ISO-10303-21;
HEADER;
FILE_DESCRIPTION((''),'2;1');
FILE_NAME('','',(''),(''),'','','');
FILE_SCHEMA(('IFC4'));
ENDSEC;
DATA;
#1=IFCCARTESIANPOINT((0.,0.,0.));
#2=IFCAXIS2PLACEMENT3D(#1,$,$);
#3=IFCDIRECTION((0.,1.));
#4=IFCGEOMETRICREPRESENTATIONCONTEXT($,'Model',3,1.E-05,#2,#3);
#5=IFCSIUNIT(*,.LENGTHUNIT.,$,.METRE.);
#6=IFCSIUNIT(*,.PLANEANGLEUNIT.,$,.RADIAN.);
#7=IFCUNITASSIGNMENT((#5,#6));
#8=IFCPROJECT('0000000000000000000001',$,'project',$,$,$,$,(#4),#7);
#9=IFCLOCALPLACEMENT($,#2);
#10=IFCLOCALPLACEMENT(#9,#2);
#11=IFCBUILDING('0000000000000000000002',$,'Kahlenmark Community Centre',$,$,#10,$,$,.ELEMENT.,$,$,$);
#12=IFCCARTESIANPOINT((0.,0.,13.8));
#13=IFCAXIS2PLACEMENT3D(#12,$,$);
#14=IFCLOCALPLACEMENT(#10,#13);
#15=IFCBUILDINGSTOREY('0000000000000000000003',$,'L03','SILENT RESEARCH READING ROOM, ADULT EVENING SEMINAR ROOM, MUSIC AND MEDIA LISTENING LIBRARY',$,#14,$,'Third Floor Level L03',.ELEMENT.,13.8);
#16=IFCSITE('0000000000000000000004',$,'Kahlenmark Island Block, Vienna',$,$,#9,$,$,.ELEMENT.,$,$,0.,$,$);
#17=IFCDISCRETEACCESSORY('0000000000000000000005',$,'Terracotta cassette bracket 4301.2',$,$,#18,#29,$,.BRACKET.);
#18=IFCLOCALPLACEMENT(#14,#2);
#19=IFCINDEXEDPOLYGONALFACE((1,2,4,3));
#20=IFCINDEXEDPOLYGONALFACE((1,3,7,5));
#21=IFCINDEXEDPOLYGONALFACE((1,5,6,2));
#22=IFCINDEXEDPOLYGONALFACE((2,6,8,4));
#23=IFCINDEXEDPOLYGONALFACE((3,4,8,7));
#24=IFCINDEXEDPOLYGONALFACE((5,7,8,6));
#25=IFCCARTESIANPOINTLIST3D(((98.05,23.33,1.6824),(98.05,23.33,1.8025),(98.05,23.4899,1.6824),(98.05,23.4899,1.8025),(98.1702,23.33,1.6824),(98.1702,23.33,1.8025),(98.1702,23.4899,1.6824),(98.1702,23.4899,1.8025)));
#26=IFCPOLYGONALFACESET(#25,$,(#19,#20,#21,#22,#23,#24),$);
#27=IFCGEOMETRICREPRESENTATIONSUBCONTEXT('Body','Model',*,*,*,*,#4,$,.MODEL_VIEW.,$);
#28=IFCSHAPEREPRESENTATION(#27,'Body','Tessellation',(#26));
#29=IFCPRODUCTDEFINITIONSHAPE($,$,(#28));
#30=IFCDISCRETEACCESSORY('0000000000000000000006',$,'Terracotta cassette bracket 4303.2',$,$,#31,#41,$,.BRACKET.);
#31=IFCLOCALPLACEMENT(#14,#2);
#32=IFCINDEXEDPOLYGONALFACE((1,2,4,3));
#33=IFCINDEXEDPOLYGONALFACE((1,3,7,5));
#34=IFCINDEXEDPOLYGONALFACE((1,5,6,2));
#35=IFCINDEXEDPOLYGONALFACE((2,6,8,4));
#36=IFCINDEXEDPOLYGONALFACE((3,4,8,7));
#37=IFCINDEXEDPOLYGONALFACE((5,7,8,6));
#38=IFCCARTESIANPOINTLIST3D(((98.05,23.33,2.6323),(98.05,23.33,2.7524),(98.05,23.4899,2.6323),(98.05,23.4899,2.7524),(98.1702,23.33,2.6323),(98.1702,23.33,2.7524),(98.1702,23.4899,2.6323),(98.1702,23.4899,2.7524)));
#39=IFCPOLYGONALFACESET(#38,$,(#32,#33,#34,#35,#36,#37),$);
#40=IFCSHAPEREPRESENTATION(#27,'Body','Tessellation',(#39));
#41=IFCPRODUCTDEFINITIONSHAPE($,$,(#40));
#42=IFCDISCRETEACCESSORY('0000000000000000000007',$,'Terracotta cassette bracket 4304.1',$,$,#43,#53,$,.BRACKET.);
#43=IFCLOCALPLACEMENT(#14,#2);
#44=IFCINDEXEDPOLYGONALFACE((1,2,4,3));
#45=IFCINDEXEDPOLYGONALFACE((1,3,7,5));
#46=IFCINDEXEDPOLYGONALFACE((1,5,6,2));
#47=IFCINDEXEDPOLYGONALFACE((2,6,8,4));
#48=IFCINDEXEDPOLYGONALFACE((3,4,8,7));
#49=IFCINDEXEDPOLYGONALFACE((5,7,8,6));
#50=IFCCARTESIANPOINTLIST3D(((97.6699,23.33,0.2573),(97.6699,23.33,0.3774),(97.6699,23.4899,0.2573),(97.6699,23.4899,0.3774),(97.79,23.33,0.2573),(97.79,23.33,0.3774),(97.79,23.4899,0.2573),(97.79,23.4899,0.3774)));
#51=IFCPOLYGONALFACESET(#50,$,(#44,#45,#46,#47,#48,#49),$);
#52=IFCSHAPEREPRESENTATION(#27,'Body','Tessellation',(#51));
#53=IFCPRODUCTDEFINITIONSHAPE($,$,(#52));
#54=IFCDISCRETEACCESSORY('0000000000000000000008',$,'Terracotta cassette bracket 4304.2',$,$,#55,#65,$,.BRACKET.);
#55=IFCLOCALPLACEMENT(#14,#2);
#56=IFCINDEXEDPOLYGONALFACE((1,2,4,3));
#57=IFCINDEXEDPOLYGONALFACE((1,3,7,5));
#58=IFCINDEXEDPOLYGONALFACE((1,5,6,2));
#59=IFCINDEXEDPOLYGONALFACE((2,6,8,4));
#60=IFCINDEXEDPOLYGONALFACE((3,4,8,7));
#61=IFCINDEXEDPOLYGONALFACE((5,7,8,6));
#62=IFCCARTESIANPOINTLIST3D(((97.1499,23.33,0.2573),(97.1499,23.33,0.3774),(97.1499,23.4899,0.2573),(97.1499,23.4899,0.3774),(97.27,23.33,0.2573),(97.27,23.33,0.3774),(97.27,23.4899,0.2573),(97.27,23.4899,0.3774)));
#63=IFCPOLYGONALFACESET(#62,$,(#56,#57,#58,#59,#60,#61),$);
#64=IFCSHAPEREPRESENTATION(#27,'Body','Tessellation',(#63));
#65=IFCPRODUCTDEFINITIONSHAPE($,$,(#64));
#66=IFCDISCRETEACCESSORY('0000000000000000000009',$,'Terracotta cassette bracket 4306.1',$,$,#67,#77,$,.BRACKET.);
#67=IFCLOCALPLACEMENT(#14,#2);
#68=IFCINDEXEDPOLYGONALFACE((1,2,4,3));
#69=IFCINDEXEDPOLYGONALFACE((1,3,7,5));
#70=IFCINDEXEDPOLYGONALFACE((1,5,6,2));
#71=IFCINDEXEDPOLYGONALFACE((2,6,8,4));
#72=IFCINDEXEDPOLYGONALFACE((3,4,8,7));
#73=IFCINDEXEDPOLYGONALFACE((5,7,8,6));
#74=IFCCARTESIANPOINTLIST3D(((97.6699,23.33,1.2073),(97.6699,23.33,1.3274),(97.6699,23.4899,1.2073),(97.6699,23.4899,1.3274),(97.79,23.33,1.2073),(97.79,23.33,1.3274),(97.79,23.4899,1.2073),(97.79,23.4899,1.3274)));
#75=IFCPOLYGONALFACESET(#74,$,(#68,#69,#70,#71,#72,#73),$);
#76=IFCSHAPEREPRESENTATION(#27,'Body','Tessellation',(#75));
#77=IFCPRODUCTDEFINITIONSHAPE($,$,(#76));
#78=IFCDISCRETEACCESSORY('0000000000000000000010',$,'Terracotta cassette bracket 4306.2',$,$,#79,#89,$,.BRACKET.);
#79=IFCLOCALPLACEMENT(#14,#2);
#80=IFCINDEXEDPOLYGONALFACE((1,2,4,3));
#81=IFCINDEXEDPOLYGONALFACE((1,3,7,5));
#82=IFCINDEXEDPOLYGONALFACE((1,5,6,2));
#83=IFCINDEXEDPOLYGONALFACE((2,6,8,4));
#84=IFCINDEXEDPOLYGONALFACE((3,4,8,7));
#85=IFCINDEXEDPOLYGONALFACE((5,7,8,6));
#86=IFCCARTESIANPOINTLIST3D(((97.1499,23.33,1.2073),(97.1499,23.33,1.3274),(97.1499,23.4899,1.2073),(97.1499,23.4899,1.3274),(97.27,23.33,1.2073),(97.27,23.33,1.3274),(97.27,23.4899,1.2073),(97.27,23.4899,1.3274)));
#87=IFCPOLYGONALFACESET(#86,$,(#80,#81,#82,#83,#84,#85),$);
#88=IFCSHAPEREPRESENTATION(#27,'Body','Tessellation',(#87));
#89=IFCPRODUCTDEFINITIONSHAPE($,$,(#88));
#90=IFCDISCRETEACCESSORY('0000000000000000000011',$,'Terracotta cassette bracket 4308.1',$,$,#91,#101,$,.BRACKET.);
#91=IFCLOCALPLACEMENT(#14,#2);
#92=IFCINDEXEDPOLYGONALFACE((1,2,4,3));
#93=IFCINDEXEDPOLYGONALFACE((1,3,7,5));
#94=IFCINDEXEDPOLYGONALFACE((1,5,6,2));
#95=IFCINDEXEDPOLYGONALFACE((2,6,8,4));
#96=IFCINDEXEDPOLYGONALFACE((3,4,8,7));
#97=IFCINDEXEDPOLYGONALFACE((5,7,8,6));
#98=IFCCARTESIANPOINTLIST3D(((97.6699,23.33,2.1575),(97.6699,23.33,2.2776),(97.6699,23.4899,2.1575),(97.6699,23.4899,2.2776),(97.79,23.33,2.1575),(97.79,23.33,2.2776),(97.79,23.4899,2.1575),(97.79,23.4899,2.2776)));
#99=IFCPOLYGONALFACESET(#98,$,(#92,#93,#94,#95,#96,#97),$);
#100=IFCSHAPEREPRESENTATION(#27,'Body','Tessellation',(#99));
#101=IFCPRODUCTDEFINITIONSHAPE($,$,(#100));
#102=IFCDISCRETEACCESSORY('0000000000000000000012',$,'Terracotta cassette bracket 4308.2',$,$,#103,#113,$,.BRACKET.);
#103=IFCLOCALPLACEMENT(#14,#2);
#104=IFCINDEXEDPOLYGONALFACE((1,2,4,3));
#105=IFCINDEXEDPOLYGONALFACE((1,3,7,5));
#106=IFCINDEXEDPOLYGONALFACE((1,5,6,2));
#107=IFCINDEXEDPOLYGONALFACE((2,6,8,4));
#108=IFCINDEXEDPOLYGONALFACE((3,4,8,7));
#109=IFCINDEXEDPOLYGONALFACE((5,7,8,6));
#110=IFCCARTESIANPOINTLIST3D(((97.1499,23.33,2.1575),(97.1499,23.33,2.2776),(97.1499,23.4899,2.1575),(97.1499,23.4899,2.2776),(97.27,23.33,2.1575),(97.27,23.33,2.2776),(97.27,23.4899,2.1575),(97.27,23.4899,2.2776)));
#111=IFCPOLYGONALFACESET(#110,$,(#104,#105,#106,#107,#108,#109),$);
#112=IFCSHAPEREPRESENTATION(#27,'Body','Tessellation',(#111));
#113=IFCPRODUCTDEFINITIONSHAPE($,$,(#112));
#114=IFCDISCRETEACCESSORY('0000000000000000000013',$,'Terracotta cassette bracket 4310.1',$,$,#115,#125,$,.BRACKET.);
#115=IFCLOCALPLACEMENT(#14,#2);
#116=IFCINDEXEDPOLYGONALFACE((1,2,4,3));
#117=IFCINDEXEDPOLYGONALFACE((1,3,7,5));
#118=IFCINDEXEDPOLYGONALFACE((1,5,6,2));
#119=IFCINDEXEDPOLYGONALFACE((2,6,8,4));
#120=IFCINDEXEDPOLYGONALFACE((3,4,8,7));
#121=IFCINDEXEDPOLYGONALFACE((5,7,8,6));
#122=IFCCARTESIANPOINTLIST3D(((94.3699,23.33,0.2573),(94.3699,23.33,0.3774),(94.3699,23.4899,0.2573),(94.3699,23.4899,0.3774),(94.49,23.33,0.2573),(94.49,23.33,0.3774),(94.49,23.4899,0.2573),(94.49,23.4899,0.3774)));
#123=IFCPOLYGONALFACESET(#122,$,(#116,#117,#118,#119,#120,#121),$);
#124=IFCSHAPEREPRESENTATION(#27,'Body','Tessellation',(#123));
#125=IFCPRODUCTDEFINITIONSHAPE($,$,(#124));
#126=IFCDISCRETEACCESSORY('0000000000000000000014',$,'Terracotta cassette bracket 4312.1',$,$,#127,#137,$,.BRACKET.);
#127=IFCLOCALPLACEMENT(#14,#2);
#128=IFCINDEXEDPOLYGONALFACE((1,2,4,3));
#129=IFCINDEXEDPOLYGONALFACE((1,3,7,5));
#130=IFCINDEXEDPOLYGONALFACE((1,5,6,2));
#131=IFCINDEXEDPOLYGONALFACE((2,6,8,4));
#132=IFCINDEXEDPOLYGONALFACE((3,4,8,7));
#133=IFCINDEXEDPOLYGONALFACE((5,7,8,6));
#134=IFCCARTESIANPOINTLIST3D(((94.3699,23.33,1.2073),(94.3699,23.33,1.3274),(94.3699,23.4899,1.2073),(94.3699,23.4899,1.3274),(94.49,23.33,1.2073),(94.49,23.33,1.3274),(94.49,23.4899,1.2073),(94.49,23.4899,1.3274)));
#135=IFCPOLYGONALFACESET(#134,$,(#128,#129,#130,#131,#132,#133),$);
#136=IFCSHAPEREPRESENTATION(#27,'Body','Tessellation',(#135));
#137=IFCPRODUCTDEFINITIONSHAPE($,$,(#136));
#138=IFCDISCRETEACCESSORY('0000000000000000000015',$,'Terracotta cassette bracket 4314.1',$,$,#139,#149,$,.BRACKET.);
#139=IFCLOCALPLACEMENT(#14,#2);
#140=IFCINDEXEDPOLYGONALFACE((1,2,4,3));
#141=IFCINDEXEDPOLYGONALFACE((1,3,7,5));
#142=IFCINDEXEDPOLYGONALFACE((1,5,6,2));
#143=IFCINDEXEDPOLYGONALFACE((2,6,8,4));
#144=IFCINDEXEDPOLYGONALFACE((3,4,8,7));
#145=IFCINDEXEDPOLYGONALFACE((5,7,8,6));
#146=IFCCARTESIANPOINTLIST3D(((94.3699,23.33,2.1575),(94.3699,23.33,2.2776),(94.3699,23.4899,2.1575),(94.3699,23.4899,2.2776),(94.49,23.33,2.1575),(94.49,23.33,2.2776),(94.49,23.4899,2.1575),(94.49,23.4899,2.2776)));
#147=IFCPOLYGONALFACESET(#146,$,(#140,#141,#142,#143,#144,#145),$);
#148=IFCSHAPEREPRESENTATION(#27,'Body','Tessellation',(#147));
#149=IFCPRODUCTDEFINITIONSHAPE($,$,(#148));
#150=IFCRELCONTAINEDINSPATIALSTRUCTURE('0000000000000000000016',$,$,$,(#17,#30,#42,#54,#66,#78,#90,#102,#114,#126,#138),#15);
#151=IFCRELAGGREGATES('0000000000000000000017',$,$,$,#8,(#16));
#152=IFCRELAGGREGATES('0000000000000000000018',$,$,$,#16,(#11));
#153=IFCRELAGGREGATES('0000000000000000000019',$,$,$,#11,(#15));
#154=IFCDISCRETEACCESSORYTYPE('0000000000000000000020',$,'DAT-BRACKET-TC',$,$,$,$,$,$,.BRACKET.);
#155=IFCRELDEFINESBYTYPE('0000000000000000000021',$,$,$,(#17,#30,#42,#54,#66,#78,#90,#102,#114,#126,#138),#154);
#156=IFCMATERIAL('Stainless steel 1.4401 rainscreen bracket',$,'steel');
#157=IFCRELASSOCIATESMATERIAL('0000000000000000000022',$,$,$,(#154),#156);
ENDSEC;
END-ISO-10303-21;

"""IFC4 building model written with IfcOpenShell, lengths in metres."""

from ifc_helpers import new_model, si_unit, direction, frame, origin, origin_2d, place, context, subcontext, project, spatial, rectangle, extrude, material, type_object, element, save


model = new_model("IFC4")

# Units and contexts
model_context = context("Model", 3, precision=1e-05, world=origin(), true_north=direction((0.0, 1.0)))
body_context = subcontext(model_context, "Body", "Model", "MODEL_VIEW")
ifc_project = project(units=[si_unit("LENGTHUNIT", "METRE"), si_unit("PLANEANGLEUNIT", "RADIAN")], contexts=[model_context])

# Site, building, storey
site_placement = place(None, origin())
site = spatial("IfcSite", under=ifc_project, at=site_placement, Name="Kahlenmark Island Block, Vienna", CompositionType="ELEMENT", RefElevation=0.0)
building_placement = place(site_placement, origin())
building = spatial("IfcBuilding", under=site, at=building_placement, Name="Kahlenmark Community Centre", CompositionType="ELEMENT")
storey_placement = place(building_placement, frame((0.0, 0.0, 13.8)))
storey = spatial("IfcBuildingStorey", under=building, at=storey_placement, Name="L03", Description="SILENT RESEARCH READING ROOM, ADULT EVENING SEMINAR ROOM, MUSIC AND MEDIA LISTENING LIBRARY", LongName="Third Floor Level L03", CompositionType="ELEMENT", Elevation=13.8)

# Discrete accessories
ifc_material_1 = material(Name="Stainless steel 1.4401 rainscreen bracket", Category="steel")
discrete_accessory_type = type_object("IfcDiscreteAccessoryType", Name="DAT-BRACKET-TC", PredefinedType="BRACKET", material=ifc_material_1)
for number, where, z_axis, x_axis, name in (
    (1, (98.1101, 23.4099, 1.6824), (0.0, 0.0, 1.0), (-1.0, 0.0, 0.0), "Terracotta cassette bracket 4301.2"),
    (2, (98.1101, 23.4099, 2.6323), (0.0, 0.0, 1.0), (-1.0, 0.0, 0.0), "Terracotta cassette bracket 4303.2"),
    (3, (97.73, 23.4099, 0.2573), (0.0, 0.0, 1.0), (-1.0, 0.0, 0.0), "Terracotta cassette bracket 4304.1"),
    (4, (97.21, 23.4099, 0.2573), (0.0, 0.0, 1.0), (-1.0, 0.0, 0.0), "Terracotta cassette bracket 4304.2"),
    (5, (97.73, 23.4099, 1.2073), (0.0, 0.0, 1.0), (-1.0, 0.0, 0.0), "Terracotta cassette bracket 4306.1"),
    (6, (97.21, 23.4099, 1.2073), (0.0, 0.0, 1.0), (-1.0, 0.0, 0.0), "Terracotta cassette bracket 4306.2"),
    (7, (97.73, 23.4099, 2.1575), (0.0, 0.0, 1.0), (-1.0, 0.0, 0.0), "Terracotta cassette bracket 4308.1"),
    (8, (97.21, 23.4099, 2.1575), (0.0, 0.0, 1.0), (-1.0, 0.0, 0.0), "Terracotta cassette bracket 4308.2"),
    (9, (94.4299, 23.4099, 0.2573), (0.0, 0.0, 1.0), (-1.0, 0.0, 0.0), "Terracotta cassette bracket 4310.1"),
    (10, (94.4299, 23.4099, 1.2073), (0.0, 0.0, 1.0), (-1.0, 0.0, 0.0), "Terracotta cassette bracket 4312.1"),
    (11, (94.4299, 23.4099, 2.1575), (0.0, 0.0, 1.0), (-1.0, 0.0, 0.0), "Terracotta cassette bracket 4314.1"),
):
    element("IfcDiscreteAccessory", number, at=place(storey_placement, frame(where, z_axis=z_axis, x_axis=x_axis)), inside=storey, type_object=discrete_accessory_type, Name=name, PredefinedType="BRACKET", context=body_context, shape_type="SweptSolid", body=[
        extrude(rectangle(XDim=0.1201, YDim=0.1599, at=origin_2d()), origin(), (0.0, 0.0, 1.0), 0.1201),
    ])

save(model, "model.ifc")
